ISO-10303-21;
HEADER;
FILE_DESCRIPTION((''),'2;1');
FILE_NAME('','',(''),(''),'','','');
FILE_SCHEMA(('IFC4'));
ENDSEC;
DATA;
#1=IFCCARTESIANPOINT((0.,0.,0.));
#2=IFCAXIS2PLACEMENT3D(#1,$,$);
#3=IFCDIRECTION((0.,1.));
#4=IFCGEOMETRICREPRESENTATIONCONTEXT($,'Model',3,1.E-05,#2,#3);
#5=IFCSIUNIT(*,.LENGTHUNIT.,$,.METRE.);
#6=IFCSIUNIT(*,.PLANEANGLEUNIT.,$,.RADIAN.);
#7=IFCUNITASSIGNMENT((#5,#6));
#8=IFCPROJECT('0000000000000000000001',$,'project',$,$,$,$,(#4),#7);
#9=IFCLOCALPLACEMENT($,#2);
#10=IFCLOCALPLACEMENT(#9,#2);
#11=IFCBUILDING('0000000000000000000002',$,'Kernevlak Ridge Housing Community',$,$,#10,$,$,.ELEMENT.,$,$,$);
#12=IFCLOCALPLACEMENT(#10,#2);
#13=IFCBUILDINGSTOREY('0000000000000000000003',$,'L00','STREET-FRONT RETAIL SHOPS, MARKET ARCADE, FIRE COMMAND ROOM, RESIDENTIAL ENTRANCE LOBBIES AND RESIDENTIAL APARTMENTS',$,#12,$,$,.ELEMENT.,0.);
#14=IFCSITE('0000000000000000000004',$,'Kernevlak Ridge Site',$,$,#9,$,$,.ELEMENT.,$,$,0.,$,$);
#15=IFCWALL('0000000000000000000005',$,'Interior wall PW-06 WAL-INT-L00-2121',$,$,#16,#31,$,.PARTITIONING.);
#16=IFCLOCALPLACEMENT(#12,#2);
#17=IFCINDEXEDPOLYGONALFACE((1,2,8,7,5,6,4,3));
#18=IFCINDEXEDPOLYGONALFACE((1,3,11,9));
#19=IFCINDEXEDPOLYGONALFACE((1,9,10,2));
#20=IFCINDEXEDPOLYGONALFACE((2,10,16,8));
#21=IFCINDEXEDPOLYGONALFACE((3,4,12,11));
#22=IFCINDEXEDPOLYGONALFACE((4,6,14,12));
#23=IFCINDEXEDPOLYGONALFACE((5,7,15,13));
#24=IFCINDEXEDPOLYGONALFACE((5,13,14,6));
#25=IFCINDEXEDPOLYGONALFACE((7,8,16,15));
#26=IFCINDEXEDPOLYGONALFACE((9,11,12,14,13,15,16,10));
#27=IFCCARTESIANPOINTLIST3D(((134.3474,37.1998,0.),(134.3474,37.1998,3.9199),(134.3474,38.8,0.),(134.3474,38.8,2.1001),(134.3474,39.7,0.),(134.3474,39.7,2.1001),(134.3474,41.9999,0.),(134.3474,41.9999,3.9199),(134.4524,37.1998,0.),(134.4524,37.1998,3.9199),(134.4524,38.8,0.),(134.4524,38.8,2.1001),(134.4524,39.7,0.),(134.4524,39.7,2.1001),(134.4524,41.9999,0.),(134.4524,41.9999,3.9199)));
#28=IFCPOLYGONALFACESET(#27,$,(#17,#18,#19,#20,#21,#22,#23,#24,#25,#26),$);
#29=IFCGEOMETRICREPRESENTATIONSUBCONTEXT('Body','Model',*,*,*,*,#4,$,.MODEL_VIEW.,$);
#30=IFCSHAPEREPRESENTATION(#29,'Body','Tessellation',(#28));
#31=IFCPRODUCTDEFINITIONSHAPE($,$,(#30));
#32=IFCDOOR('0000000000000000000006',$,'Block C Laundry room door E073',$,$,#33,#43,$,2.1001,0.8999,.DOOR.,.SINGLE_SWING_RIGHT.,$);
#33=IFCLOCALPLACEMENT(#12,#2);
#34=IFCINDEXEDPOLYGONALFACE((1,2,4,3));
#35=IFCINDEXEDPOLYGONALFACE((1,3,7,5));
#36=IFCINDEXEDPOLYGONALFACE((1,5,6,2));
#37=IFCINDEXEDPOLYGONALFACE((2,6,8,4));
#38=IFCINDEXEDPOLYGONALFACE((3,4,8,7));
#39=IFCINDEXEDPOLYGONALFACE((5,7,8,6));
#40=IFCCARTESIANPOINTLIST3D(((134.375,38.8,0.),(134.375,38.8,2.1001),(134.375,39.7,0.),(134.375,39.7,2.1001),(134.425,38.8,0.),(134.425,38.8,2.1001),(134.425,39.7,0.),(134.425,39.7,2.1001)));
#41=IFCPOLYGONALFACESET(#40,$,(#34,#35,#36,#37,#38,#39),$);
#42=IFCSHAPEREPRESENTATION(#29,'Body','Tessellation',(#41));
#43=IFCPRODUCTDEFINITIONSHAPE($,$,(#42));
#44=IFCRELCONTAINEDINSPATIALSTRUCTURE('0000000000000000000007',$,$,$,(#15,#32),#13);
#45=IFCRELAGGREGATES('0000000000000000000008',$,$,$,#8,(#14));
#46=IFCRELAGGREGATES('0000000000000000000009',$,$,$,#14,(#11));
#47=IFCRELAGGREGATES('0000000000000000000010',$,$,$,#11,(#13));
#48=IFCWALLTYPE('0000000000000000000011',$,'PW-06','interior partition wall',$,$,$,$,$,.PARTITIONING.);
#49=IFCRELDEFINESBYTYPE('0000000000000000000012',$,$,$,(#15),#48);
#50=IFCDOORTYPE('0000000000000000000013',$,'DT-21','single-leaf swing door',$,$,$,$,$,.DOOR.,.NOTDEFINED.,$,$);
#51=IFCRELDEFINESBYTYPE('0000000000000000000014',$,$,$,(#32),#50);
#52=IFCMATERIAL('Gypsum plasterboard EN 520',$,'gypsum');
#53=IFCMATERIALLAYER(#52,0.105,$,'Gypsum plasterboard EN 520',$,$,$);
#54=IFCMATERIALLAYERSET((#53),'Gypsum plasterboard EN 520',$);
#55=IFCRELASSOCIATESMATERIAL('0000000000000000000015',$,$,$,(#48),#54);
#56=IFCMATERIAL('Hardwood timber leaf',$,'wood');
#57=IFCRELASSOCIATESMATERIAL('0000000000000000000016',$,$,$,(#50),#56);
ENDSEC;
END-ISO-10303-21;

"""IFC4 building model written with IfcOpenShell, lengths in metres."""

from ifc_helpers import new_model, si_unit, direction, frame, frame_2d, origin, place, context, subcontext, project, spatial, rectangle, extrude, material, layer, layer_set, type_object, element, fill, save


model = new_model("IFC4")

# Units and contexts
model_context = context("Model", 3, precision=1e-05, world=origin(), true_north=direction((0.0, 1.0)))
body_context = subcontext(model_context, "Body", "Model", "MODEL_VIEW")
ifc_project = project(units=[si_unit("LENGTHUNIT", "METRE"), si_unit("PLANEANGLEUNIT", "RADIAN")], contexts=[model_context])

# Site, building, storey
site_placement = place(None, origin())
site = spatial("IfcSite", under=ifc_project, at=site_placement, Name="Kernevlak Ridge Site", CompositionType="ELEMENT", RefElevation=0.0)
building_placement = place(site_placement, origin())
building = spatial("IfcBuilding", under=site, at=building_placement, Name="Kernevlak Ridge Housing Community", CompositionType="ELEMENT")
storey_placement = place(building_placement, origin())
storey = spatial("IfcBuildingStorey", under=building, at=storey_placement, Name="L00", Description="STREET-FRONT RETAIL SHOPS, MARKET ARCADE, FIRE COMMAND ROOM, RESIDENTIAL ENTRANCE LOBBIES AND RESIDENTIAL APARTMENTS", CompositionType="ELEMENT", Elevation=0.0)

# Shared definitions
ifc_material_1 = material(Name="Gypsum plasterboard EN 520", Category="gypsum")
ifc_material_2 = material(Name="Hardwood timber leaf", Category="wood")

# Wall, opening, door
ifc_layer_1 = layer(ifc_material_1, 0.105, Name="Gypsum plasterboard EN 520")
ifc_layer_set_1 = layer_set([ifc_layer_1], Name="Gypsum plasterboard EN 520")
wall_type_1 = type_object("IfcWallType", Name="PW-06", Description="interior partition wall", PredefinedType="PARTITIONING", material=ifc_layer_set_1)
wall_1_placement = place(storey_placement, frame((134.3999, 37.2, 0.0), z_axis=(0.0, 0.0, 1.0), x_axis=(0.0, 1.0, 0.0)))
wall_1 = element("IfcWall", 1, at=wall_1_placement, inside=storey, type_object=wall_type_1, Name="Interior wall PW-06 WAL-INT-L00-2121", PredefinedType="PARTITIONING", context=body_context, shape_type="SweptSolid", body=[
    extrude(rectangle(XDim=4.8, YDim=0.105, at=frame_2d((2.3999, 0.0))), origin(), (0.0, 0.0, 1.0), 3.9199),
])
opening_1_placement = place(wall_1_placement, frame((1.6001, 0.0, 0.0)))
opening_1 = element("IfcOpeningElement", 2, at=opening_1_placement, cuts=wall_1, PredefinedType="OPENING", context=body_context, shape_type="SweptSolid", body=[
    extrude(rectangle(XDim=0.8999, YDim=2.1001, at=frame_2d((0.45, 1.05))), frame((0.0, 0.0625, 0.0), z_axis=(0.0, -1.0, 0.0), x_axis=(1.0, 0.0, 0.0)), (0.0, 0.0, 1.0), 0.125),
])
door_type_1 = type_object("IfcDoorType", Name="DT-21", Description="single-leaf swing door", OperationType="NOTDEFINED", PredefinedType="DOOR", material=ifc_material_2)
door_1_placement = place(opening_1_placement, origin())
door_1 = element("IfcDoor", 3, at=door_1_placement, inside=storey, type_object=door_type_1, Name="Block C Laundry room door E073", OperationType="SINGLE_SWING_RIGHT", OverallHeight=2.1001, OverallWidth=0.8999, PredefinedType="DOOR", context=body_context, shape_type="SweptSolid", body=[
    extrude(rectangle(XDim=0.8999, YDim=2.1001, at=frame_2d((0.45, 1.05))), frame((0.0, 0.0249, 0.0), z_axis=(0.0, -1.0, 0.0), x_axis=(1.0, 0.0, 0.0)), (0.0, 0.0, 1.0), 0.05),
])
fill(opening_1, door_1)

save(model, "model.ifc")
